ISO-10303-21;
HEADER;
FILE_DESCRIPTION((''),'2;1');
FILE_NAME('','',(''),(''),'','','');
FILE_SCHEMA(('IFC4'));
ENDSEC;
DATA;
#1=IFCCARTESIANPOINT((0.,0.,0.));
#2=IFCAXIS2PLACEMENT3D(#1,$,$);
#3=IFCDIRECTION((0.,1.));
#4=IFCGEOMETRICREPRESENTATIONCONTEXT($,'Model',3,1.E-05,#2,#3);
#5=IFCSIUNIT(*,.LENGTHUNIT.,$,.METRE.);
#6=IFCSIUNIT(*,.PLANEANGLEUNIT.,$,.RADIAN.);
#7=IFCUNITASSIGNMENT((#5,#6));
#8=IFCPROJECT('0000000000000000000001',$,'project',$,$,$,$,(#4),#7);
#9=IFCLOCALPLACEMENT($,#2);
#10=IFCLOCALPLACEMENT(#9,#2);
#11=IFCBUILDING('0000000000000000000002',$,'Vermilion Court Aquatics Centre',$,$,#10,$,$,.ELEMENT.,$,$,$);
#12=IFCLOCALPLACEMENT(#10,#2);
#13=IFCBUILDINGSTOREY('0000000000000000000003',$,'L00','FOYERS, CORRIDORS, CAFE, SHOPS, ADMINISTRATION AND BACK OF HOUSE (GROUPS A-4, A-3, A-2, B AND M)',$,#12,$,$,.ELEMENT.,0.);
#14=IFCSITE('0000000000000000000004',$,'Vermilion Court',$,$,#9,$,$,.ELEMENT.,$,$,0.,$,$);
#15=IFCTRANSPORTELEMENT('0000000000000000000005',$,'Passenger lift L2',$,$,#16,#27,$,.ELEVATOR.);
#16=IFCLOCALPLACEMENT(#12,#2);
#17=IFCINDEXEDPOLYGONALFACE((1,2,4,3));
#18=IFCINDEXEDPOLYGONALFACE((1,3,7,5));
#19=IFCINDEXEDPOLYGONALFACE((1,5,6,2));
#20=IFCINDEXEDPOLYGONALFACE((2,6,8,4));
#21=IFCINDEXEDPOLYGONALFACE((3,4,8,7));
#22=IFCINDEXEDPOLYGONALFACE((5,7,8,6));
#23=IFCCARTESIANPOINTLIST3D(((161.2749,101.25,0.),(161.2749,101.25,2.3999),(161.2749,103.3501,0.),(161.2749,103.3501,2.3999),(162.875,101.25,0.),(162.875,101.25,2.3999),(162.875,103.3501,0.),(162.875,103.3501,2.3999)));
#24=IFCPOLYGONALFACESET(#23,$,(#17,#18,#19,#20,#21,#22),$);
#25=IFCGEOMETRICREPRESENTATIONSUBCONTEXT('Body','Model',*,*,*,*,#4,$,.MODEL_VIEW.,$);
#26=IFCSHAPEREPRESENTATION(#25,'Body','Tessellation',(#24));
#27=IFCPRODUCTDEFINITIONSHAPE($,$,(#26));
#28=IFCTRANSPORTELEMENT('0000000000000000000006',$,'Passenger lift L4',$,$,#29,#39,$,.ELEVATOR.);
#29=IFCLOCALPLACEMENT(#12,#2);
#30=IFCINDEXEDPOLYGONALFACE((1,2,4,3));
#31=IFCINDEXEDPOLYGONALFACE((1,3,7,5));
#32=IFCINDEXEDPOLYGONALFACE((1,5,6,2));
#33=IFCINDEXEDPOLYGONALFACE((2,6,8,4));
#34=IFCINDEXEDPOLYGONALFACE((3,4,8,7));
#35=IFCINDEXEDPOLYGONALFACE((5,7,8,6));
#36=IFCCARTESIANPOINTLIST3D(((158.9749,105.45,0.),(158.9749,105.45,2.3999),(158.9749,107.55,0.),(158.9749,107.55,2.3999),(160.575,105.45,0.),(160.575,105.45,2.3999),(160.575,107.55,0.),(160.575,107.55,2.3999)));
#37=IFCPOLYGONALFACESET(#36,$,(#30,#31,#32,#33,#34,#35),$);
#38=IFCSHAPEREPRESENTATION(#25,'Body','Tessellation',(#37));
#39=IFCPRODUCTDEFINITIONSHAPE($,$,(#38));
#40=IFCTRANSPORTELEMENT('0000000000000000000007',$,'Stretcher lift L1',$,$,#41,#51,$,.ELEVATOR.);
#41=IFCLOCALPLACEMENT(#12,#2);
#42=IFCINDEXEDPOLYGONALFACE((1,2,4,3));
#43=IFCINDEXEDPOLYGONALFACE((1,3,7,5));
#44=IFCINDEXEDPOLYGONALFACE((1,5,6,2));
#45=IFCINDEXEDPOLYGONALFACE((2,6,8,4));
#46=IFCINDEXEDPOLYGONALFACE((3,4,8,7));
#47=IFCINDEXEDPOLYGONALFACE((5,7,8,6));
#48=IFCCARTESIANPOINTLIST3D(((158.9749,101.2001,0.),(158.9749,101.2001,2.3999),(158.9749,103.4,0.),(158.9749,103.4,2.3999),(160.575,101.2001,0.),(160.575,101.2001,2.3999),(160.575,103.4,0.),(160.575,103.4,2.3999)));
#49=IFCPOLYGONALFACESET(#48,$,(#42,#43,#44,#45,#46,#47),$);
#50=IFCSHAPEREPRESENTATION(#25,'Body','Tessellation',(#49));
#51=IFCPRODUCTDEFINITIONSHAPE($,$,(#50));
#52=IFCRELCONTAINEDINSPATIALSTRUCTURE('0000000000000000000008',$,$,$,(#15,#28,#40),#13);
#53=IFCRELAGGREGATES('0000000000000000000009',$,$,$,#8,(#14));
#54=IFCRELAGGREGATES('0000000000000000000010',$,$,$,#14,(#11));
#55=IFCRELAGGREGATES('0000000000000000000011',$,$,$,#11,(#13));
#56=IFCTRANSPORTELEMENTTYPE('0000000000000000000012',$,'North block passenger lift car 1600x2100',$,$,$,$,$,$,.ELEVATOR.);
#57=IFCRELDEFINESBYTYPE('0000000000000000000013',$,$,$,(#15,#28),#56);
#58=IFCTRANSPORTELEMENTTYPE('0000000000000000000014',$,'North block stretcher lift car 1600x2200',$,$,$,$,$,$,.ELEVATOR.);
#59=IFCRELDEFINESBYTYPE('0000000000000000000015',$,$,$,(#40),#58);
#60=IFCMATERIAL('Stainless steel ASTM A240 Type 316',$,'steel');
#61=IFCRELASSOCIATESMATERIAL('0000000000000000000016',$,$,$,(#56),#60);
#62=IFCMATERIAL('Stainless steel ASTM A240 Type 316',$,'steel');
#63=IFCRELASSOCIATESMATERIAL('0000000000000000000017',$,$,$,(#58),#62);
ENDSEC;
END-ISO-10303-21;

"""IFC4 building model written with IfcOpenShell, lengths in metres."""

from ifc_helpers import new_model, si_unit, direction, frame, origin, origin_2d, place, context, subcontext, project, spatial, rectangle, extrude, material, type_object, element, save


model = new_model("IFC4")

# Units and contexts
model_context = context("Model", 3, precision=1e-05, world=origin(), true_north=direction((0.0, 1.0)))
body_context = subcontext(model_context, "Body", "Model", "MODEL_VIEW")
ifc_project = project(units=[si_unit("LENGTHUNIT", "METRE"), si_unit("PLANEANGLEUNIT", "RADIAN")], contexts=[model_context])

# Site, building, storey
site_placement = place(None, origin())
site = spatial("IfcSite", under=ifc_project, at=site_placement, Name="Vermilion Court", CompositionType="ELEMENT", RefElevation=0.0)
building_placement = place(site_placement, origin())
building = spatial("IfcBuilding", under=site, at=building_placement, Name="Vermilion Court Aquatics Centre", CompositionType="ELEMENT")
storey_placement = place(building_placement, origin())
storey = spatial("IfcBuildingStorey", under=building, at=storey_placement, Name="L00", Description="FOYERS, CORRIDORS, CAFE, SHOPS, ADMINISTRATION AND BACK OF HOUSE (GROUPS A-4, A-3, A-2, B AND M)", CompositionType="ELEMENT", Elevation=0.0)

# Transport elements
ifc_material_1 = material(Name="Stainless steel ASTM A240 Type 316", Category="steel")
transport_element_type_1 = type_object("IfcTransportElementType", Name="North block passenger lift car 1600x2100", PredefinedType="ELEVATOR", material=ifc_material_1)
for number, where, z_axis, x_axis, name in (
    (1, (162.075, 102.3, 0.0), (0.0, 0.0, 1.0), (1.0, 0.0, 0.0), "Passenger lift L2"),
    (2, (159.7749, 106.5, 0.0), (0.0, 0.0, 1.0), (1.0, 0.0, 0.0), "Passenger lift L4"),
):
    element("IfcTransportElement", number, at=place(storey_placement, frame(where, z_axis=z_axis, x_axis=x_axis)), inside=storey, type_object=transport_element_type_1, Name=name, PredefinedType="ELEVATOR", context=body_context, shape_type="SweptSolid", body=[
        extrude(rectangle(XDim=1.6001, YDim=2.1001, at=origin_2d()), origin(), (0.0, 0.0, 1.0), 2.3999),
    ])
ifc_material_2 = material(Name="Stainless steel ASTM A240 Type 316", Category="steel")
transport_element_type_2 = type_object("IfcTransportElementType", Name="North block stretcher lift car 1600x2200", PredefinedType="ELEVATOR", material=ifc_material_2)
transport_element_placement = place(storey_placement, frame((159.7749, 102.3, 0.0), z_axis=(0.0, 0.0, 1.0), x_axis=(1.0, 0.0, 0.0)))
element("IfcTransportElement", 3, at=transport_element_placement, inside=storey, type_object=transport_element_type_2, Name="Stretcher lift L1", PredefinedType="ELEVATOR", context=body_context, shape_type="SweptSolid", body=[
    extrude(rectangle(XDim=1.6001, YDim=2.2, at=origin_2d()), origin(), (0.0, 0.0, 1.0), 2.3999),
])

save(model, "model.ifc")
